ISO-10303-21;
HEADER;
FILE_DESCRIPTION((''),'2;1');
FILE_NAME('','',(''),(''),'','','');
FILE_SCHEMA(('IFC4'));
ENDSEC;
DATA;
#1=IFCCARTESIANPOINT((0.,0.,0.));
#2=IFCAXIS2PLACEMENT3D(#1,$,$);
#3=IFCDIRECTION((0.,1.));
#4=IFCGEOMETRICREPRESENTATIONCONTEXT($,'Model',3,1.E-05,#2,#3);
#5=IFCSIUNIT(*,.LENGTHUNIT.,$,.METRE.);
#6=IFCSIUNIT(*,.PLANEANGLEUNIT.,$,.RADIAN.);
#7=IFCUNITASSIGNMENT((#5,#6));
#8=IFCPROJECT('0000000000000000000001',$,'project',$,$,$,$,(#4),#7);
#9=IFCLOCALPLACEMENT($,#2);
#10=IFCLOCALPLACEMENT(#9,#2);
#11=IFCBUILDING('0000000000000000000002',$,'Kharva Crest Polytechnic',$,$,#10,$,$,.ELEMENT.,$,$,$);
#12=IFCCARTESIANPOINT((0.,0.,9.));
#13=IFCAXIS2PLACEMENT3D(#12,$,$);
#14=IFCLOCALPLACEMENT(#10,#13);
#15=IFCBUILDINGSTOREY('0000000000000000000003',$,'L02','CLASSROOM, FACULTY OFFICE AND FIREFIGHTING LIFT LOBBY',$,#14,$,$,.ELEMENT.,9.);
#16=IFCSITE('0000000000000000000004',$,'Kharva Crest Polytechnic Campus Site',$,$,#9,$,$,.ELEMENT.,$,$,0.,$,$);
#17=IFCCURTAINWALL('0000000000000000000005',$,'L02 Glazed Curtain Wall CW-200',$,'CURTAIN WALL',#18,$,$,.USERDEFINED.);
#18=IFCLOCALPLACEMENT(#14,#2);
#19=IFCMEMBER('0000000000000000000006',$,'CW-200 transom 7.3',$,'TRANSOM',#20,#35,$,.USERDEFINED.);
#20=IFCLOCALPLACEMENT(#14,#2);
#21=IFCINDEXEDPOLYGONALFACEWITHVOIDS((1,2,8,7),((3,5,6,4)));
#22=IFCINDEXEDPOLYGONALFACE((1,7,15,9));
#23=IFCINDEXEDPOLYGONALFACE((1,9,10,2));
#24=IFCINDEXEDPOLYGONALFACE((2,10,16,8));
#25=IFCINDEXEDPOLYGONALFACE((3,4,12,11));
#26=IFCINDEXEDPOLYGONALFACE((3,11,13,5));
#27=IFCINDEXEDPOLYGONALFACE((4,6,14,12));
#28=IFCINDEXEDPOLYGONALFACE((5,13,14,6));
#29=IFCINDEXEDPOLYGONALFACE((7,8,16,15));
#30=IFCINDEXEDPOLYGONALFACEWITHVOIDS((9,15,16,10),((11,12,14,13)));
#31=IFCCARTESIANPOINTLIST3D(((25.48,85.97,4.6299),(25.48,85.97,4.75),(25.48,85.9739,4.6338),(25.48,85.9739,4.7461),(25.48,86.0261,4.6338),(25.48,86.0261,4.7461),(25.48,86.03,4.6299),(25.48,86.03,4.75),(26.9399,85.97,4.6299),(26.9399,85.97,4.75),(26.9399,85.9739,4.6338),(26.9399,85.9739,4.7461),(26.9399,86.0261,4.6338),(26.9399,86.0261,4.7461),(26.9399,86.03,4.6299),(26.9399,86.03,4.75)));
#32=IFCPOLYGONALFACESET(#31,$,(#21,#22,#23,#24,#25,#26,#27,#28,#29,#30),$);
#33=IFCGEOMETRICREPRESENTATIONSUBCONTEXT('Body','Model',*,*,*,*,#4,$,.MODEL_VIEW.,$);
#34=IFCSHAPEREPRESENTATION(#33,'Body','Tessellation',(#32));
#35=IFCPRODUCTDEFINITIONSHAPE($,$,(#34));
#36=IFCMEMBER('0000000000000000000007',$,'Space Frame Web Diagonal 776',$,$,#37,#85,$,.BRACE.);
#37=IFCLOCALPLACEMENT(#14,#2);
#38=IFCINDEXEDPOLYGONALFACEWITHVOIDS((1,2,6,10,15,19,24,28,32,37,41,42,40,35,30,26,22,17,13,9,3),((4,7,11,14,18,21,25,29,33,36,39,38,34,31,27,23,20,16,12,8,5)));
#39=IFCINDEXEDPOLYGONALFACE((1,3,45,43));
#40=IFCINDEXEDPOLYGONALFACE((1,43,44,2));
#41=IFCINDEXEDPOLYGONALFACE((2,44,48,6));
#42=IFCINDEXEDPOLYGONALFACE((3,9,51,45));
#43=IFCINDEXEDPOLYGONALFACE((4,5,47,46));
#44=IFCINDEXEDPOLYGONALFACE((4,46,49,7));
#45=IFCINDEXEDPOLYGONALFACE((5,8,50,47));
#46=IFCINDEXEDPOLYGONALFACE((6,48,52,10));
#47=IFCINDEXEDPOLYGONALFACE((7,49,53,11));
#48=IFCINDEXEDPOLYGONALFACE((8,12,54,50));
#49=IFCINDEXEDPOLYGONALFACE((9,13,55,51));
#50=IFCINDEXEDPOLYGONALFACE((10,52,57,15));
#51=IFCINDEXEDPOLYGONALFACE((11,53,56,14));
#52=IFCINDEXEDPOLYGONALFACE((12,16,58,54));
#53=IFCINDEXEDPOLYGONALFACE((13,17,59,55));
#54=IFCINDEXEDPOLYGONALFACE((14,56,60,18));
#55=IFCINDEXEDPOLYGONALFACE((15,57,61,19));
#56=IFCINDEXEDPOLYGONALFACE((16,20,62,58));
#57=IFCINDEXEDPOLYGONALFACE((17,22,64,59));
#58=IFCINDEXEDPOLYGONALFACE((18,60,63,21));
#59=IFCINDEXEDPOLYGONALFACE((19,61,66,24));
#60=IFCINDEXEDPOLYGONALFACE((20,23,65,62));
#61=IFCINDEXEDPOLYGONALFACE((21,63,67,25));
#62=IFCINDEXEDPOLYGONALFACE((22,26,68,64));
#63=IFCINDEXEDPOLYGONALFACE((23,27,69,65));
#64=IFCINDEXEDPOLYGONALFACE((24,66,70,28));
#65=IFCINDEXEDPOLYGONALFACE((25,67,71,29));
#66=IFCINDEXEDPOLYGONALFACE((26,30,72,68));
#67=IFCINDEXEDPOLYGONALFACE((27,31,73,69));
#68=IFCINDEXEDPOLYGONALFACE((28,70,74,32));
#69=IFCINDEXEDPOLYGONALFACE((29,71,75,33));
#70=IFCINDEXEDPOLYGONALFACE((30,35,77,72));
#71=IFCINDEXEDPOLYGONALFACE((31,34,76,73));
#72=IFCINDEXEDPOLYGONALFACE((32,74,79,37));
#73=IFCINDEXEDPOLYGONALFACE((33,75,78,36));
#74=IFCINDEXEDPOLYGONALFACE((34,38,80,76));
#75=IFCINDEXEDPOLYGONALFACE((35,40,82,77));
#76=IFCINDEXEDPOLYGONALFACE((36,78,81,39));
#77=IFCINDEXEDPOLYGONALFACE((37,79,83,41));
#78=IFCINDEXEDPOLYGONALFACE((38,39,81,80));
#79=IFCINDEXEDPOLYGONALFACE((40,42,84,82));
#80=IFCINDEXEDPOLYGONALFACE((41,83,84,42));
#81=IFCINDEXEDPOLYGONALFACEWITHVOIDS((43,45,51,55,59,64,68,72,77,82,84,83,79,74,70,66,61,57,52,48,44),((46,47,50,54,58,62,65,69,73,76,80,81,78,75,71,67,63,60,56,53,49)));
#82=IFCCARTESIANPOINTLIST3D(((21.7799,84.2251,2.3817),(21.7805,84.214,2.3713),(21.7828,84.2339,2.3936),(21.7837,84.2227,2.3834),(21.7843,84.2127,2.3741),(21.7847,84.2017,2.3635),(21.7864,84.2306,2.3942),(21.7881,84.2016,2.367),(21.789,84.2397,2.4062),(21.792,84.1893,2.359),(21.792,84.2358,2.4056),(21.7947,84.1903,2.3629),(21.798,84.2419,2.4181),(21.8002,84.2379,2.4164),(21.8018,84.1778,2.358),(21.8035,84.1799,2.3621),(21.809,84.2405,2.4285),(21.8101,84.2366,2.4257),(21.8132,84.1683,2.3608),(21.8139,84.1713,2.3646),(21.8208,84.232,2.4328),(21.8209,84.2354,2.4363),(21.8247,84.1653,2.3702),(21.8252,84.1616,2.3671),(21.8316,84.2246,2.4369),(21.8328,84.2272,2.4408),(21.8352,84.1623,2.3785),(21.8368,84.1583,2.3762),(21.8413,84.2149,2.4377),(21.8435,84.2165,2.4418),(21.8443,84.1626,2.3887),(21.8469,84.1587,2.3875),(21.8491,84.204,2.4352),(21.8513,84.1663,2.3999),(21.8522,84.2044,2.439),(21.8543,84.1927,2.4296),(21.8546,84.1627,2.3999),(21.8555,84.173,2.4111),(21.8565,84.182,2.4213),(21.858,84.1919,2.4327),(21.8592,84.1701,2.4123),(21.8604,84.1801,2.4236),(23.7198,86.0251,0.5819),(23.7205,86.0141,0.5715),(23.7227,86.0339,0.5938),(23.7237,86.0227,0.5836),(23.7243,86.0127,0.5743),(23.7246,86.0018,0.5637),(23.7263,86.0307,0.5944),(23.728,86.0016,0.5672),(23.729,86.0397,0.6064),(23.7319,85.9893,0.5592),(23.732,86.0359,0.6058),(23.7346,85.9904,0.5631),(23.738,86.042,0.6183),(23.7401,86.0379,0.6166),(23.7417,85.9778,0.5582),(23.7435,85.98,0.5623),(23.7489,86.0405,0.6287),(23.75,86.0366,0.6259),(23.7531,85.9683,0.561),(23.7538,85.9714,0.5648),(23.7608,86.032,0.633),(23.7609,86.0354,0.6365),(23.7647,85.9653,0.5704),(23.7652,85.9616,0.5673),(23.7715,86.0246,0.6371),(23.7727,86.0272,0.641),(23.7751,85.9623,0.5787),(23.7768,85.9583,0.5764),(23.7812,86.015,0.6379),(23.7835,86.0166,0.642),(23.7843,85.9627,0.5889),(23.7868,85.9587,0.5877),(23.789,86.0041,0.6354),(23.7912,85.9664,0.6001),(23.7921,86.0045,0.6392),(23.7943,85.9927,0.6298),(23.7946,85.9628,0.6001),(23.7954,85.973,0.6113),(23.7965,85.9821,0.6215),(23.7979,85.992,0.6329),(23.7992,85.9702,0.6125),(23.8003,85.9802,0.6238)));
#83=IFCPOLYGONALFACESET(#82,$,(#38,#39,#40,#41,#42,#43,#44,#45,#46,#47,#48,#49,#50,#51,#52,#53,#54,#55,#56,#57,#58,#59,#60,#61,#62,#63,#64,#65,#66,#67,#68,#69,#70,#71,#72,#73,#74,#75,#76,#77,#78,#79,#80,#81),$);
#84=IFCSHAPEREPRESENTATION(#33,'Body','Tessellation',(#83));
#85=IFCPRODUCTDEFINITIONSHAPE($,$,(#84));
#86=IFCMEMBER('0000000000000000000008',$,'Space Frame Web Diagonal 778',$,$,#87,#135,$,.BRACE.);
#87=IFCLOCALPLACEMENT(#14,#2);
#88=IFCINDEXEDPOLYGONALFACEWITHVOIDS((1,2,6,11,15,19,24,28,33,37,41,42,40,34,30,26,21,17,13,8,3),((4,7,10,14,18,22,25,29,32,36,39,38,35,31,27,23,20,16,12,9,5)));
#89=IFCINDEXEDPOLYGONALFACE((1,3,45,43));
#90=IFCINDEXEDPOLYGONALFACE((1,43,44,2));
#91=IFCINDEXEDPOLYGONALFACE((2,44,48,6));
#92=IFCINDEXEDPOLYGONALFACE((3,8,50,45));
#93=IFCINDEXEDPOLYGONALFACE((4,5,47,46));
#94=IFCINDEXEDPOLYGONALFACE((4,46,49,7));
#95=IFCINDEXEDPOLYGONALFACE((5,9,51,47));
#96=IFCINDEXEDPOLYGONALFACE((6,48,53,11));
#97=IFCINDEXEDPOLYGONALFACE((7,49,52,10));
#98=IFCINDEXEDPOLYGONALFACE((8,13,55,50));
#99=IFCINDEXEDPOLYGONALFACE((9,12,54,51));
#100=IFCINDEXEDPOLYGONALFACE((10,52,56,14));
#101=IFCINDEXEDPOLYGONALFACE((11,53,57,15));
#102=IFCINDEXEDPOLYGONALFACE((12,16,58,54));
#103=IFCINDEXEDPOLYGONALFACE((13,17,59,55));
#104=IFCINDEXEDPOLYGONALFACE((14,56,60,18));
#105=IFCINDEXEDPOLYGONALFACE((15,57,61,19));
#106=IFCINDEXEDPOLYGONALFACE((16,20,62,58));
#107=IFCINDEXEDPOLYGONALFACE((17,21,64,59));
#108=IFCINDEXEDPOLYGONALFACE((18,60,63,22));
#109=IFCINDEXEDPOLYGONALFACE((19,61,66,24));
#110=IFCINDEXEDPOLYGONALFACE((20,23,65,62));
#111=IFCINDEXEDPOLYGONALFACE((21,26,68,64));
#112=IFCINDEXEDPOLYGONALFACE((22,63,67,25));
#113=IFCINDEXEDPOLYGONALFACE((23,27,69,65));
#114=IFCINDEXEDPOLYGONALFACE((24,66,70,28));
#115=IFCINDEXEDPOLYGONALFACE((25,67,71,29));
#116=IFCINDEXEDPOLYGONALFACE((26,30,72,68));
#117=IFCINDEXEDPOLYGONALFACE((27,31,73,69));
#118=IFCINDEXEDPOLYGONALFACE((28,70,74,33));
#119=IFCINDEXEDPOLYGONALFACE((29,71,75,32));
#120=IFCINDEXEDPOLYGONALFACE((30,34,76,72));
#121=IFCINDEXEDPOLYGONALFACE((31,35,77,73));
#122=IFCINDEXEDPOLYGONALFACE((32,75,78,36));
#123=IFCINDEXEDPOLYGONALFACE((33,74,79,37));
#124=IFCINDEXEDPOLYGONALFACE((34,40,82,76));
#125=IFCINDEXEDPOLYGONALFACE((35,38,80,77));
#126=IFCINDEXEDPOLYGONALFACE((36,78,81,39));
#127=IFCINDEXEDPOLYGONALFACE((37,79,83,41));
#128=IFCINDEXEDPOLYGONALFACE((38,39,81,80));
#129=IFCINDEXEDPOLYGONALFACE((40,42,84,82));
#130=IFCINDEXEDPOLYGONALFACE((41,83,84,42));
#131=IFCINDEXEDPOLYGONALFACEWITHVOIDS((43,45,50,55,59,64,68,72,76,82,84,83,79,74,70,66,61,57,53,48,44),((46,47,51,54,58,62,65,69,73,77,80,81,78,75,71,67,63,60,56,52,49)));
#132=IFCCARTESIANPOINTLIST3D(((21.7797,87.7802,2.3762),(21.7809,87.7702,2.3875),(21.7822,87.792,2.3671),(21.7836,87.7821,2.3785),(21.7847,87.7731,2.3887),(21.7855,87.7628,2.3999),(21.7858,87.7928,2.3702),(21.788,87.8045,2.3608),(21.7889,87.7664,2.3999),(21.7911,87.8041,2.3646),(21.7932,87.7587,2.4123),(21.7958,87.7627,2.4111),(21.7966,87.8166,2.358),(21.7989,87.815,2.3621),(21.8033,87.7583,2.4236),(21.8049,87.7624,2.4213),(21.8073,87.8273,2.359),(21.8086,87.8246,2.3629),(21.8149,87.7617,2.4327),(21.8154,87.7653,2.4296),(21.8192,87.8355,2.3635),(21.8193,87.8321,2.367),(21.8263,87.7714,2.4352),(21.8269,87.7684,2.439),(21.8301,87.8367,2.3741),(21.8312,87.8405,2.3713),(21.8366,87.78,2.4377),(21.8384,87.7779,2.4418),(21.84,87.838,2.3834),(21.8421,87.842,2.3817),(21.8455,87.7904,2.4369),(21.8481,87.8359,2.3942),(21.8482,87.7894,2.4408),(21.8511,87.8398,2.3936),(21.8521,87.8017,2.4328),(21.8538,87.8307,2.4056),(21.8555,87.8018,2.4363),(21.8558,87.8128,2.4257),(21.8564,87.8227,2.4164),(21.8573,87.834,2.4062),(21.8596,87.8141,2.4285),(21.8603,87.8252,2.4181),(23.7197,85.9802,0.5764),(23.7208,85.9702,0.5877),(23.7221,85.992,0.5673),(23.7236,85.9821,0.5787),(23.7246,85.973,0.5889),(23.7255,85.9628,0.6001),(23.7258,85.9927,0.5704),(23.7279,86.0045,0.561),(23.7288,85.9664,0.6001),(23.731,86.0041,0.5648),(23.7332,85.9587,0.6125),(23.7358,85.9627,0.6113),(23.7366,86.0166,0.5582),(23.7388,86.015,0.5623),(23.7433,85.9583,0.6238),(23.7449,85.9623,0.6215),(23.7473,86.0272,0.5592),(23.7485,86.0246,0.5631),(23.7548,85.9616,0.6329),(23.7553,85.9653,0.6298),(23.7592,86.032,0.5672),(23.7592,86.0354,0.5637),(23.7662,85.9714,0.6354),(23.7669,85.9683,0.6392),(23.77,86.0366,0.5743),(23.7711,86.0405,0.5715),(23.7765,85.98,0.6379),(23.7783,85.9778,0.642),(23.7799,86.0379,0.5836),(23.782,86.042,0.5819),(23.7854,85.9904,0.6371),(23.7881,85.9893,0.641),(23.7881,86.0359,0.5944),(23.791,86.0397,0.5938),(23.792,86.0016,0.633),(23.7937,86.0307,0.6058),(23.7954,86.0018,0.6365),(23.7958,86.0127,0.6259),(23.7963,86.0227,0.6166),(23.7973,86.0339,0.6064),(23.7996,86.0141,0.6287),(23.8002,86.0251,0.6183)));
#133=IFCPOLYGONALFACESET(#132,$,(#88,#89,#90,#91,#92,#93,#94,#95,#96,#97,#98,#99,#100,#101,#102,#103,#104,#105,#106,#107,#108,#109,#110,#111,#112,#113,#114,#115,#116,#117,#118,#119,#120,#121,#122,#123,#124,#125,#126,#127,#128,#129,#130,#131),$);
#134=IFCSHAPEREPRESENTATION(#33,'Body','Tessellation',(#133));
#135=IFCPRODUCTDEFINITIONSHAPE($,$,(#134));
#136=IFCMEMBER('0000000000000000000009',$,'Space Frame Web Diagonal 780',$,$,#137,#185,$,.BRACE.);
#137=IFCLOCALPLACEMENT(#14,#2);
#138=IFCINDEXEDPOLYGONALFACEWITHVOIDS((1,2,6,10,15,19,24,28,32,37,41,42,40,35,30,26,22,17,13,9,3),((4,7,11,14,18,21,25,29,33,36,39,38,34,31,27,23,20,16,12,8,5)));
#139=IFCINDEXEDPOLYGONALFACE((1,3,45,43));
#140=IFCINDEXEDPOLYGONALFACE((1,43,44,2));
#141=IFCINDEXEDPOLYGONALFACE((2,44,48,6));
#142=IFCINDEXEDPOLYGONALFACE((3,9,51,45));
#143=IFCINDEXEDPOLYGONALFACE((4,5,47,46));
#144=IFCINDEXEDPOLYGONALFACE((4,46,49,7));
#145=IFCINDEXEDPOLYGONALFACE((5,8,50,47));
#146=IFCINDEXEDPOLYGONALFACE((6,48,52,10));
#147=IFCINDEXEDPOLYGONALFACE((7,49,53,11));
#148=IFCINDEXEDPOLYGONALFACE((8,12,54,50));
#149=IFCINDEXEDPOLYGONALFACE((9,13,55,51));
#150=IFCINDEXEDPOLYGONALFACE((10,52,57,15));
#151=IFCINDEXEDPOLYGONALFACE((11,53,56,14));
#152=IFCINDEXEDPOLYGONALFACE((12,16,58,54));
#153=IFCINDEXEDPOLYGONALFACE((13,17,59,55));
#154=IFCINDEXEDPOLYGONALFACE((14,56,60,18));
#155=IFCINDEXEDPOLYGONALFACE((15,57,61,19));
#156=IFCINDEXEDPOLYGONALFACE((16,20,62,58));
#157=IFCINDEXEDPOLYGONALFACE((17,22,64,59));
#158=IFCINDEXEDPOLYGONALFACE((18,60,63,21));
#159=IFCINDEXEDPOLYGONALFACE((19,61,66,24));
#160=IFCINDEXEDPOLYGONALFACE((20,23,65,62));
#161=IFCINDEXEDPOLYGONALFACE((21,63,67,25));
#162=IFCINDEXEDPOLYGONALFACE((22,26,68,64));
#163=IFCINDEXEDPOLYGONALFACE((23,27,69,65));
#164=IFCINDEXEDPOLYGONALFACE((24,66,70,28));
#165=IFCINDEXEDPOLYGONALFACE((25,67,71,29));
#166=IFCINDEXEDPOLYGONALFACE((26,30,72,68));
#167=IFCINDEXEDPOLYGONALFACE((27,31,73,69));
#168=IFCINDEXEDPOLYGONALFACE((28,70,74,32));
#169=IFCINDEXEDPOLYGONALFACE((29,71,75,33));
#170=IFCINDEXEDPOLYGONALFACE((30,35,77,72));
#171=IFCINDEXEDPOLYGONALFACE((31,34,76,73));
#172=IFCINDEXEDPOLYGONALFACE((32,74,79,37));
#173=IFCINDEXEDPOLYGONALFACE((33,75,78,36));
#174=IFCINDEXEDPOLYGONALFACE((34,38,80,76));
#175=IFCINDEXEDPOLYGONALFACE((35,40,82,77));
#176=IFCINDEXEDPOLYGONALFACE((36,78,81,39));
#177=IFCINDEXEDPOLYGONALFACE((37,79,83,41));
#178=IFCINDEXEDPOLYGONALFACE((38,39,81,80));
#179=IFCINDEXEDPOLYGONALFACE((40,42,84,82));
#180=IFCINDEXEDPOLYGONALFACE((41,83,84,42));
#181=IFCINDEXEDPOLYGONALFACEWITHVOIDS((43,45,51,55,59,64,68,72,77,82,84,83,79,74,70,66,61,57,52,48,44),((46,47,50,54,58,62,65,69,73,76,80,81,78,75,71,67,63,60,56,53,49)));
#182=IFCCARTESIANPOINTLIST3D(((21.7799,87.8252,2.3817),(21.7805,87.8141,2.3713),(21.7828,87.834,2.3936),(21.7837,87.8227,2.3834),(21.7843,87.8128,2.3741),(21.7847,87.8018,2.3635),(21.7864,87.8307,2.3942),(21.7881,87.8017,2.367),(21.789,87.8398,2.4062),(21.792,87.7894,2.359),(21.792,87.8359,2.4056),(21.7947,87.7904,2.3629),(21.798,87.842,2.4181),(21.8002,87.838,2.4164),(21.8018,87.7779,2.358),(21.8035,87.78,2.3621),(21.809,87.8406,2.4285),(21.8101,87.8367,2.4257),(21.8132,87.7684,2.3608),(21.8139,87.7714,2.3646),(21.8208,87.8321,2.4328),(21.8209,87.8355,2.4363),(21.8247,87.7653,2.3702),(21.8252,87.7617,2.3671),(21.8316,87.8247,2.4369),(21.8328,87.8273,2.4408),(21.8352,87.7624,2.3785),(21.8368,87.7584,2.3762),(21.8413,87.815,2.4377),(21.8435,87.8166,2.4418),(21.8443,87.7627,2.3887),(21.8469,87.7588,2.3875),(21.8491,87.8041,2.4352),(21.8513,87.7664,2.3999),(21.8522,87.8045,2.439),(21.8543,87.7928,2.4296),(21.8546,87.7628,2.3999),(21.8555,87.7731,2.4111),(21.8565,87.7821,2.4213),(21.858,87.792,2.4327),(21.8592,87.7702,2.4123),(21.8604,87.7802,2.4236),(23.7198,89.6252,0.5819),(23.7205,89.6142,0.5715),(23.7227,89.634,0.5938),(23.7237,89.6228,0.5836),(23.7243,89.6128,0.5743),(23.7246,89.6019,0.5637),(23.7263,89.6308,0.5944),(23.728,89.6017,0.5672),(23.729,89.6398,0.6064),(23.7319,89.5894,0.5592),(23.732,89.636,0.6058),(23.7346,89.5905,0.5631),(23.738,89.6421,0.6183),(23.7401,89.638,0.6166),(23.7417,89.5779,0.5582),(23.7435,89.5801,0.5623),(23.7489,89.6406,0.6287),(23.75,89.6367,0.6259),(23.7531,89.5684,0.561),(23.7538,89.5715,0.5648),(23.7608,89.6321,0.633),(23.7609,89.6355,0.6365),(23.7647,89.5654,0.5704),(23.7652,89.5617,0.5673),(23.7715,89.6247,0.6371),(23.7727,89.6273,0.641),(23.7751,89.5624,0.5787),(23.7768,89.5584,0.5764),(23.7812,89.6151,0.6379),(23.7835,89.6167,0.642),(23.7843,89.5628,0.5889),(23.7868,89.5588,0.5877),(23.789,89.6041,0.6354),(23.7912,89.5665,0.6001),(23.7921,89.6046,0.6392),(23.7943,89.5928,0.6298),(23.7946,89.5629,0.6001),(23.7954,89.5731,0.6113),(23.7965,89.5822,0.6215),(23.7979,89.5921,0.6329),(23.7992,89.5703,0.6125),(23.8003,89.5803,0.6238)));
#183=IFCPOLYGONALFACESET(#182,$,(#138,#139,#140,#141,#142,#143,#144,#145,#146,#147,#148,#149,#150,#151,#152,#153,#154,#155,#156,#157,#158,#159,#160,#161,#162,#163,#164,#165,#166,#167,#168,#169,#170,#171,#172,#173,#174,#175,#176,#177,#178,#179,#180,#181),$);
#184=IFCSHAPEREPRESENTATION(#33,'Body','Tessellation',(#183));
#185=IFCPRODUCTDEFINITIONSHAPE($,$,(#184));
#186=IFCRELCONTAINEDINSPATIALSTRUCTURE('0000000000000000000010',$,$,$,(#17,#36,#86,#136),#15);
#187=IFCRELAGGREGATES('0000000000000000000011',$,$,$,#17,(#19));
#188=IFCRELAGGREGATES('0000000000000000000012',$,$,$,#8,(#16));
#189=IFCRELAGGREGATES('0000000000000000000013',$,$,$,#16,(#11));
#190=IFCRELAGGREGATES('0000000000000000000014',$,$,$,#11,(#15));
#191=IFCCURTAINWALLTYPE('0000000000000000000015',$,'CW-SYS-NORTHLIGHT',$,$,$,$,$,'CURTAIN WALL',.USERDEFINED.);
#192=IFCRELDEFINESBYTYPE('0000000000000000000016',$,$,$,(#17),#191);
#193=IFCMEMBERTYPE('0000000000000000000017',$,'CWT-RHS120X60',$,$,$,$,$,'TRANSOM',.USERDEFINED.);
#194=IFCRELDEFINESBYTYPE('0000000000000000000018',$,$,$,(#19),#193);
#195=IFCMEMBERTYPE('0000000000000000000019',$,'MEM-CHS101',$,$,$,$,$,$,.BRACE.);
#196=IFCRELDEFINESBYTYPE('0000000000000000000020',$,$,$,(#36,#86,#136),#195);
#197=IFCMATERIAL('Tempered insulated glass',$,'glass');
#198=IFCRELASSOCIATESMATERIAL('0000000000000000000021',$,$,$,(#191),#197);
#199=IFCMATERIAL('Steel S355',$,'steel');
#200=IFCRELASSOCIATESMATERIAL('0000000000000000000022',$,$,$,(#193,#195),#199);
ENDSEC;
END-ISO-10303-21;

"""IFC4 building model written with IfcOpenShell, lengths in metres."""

from ifc_helpers import new_model, si_unit, direction, frame, origin, origin_2d, place, context, subcontext, project, spatial, hollow_rectangle, hollow_circle, extrude, material, material_profile, profile_set, type_object, element, aggregate, save


model = new_model("IFC4")

# Units and contexts
model_context = context("Model", 3, precision=1e-05, world=origin(), true_north=direction((0.0, 1.0)))
body_context = subcontext(model_context, "Body", "Model", "MODEL_VIEW")
ifc_project = project(units=[si_unit("LENGTHUNIT", "METRE"), si_unit("PLANEANGLEUNIT", "RADIAN")], contexts=[model_context])

# Site, building, storey
site_placement = place(None, origin())
site = spatial("IfcSite", under=ifc_project, at=site_placement, Name="Kharva Crest Polytechnic Campus Site", CompositionType="ELEMENT", RefElevation=0.0)
building_placement = place(site_placement, origin())
building = spatial("IfcBuilding", under=site, at=building_placement, Name="Kharva Crest Polytechnic", CompositionType="ELEMENT")
storey_placement = place(building_placement, frame((0.0, 0.0, 9.0)))
storey = spatial("IfcBuildingStorey", under=building, at=storey_placement, Name="L02", Description="CLASSROOM, FACULTY OFFICE AND FIREFIGHTING LIFT LOBBY", CompositionType="ELEMENT", Elevation=9.0)

# Curtain wall, member
ifc_material_1 = material(Name="Tempered insulated glass", Category="glass")
curtain_wall_type = type_object("IfcCurtainWallType", Name="CW-SYS-NORTHLIGHT", ElementType="CURTAIN WALL", PredefinedType="USERDEFINED", material=ifc_material_1)
curtain_wall_placement = place(storey_placement, origin())
curtain_wall = element("IfcCurtainWall", 1, at=curtain_wall_placement, inside=storey, type_object=curtain_wall_type, Name="L02 Glazed Curtain Wall CW-200", ObjectType="CURTAIN WALL", PredefinedType="USERDEFINED")
ifc_material_2 = material(Name="Steel S355", Category="steel")
ifc_material_profile_1 = material_profile(ifc_material_2, hollow_rectangle(XDim=0.0601, YDim=0.1201, WallThickness=0.0039, at=origin_2d()), Name="RHS 120X60X4.0")
ifc_profile_set_1 = profile_set([ifc_material_profile_1], Name="Steel S355")
member_type_1 = type_object("IfcMemberType", Name="CWT-RHS120X60", ElementType="TRANSOM", PredefinedType="USERDEFINED", material=ifc_profile_set_1)
member_1_placement = place(storey_placement, frame((25.48, 86.0, 4.6899), z_axis=(1.0, 0.0, 0.0), x_axis=(0.0, 1.0, 0.0)))
member_1 = element("IfcMember", 2, at=member_1_placement, type_object=member_type_1, Name="CW-200 transom 7.3", ObjectType="TRANSOM", PredefinedType="USERDEFINED", context=body_context, shape_type="SweptSolid", body=[
    extrude(hollow_rectangle(XDim=0.0601, YDim=0.1201, WallThickness=0.0039, at=origin_2d()), origin(), (0.0, 0.0, 1.0), 1.46),
])

# Members
ifc_material_profile_2 = material_profile(ifc_material_2, hollow_circle(Radius=0.0508, WallThickness=0.0049, at=origin_2d()), Name="CHS 101.6X5.0")
ifc_profile_set_2 = profile_set([ifc_material_profile_2], Name="Steel S355")
member_type_2 = type_object("IfcMemberType", Name="MEM-CHS101", PredefinedType="BRACE", material=ifc_profile_set_2)
for number, where, z_axis, x_axis, name in (
    (3, (23.76, 86.0, 0.6001), (-0.606147, -0.562437, 0.562361), (0.680182, -0.733043, 0.0), "Space Frame Web Diagonal 776"),
    (4, (23.76, 86.0, 0.6001), (-0.606147, 0.562437, 0.562361), (-0.680182, -0.733043, 0.0), "Space Frame Web Diagonal 778"),
    (5, (23.76, 89.6001, 0.6001), (-0.606147, -0.562437, 0.562361), (0.680182, -0.733043, 0.0), "Space Frame Web Diagonal 780"),
):
    element("IfcMember", number, at=place(storey_placement, frame(where, z_axis=z_axis, x_axis=x_axis)), inside=storey, type_object=member_type_2, Name=name, PredefinedType="BRACE", context=body_context, shape_type="SweptSolid", body=[
        extrude(hollow_circle(Radius=0.0508, WallThickness=0.0049, at=origin_2d()), origin(), (0.0, 0.0, 1.0), 3.2004),
    ])

aggregate(curtain_wall, [member_1])

save(model, "model.ifc")
